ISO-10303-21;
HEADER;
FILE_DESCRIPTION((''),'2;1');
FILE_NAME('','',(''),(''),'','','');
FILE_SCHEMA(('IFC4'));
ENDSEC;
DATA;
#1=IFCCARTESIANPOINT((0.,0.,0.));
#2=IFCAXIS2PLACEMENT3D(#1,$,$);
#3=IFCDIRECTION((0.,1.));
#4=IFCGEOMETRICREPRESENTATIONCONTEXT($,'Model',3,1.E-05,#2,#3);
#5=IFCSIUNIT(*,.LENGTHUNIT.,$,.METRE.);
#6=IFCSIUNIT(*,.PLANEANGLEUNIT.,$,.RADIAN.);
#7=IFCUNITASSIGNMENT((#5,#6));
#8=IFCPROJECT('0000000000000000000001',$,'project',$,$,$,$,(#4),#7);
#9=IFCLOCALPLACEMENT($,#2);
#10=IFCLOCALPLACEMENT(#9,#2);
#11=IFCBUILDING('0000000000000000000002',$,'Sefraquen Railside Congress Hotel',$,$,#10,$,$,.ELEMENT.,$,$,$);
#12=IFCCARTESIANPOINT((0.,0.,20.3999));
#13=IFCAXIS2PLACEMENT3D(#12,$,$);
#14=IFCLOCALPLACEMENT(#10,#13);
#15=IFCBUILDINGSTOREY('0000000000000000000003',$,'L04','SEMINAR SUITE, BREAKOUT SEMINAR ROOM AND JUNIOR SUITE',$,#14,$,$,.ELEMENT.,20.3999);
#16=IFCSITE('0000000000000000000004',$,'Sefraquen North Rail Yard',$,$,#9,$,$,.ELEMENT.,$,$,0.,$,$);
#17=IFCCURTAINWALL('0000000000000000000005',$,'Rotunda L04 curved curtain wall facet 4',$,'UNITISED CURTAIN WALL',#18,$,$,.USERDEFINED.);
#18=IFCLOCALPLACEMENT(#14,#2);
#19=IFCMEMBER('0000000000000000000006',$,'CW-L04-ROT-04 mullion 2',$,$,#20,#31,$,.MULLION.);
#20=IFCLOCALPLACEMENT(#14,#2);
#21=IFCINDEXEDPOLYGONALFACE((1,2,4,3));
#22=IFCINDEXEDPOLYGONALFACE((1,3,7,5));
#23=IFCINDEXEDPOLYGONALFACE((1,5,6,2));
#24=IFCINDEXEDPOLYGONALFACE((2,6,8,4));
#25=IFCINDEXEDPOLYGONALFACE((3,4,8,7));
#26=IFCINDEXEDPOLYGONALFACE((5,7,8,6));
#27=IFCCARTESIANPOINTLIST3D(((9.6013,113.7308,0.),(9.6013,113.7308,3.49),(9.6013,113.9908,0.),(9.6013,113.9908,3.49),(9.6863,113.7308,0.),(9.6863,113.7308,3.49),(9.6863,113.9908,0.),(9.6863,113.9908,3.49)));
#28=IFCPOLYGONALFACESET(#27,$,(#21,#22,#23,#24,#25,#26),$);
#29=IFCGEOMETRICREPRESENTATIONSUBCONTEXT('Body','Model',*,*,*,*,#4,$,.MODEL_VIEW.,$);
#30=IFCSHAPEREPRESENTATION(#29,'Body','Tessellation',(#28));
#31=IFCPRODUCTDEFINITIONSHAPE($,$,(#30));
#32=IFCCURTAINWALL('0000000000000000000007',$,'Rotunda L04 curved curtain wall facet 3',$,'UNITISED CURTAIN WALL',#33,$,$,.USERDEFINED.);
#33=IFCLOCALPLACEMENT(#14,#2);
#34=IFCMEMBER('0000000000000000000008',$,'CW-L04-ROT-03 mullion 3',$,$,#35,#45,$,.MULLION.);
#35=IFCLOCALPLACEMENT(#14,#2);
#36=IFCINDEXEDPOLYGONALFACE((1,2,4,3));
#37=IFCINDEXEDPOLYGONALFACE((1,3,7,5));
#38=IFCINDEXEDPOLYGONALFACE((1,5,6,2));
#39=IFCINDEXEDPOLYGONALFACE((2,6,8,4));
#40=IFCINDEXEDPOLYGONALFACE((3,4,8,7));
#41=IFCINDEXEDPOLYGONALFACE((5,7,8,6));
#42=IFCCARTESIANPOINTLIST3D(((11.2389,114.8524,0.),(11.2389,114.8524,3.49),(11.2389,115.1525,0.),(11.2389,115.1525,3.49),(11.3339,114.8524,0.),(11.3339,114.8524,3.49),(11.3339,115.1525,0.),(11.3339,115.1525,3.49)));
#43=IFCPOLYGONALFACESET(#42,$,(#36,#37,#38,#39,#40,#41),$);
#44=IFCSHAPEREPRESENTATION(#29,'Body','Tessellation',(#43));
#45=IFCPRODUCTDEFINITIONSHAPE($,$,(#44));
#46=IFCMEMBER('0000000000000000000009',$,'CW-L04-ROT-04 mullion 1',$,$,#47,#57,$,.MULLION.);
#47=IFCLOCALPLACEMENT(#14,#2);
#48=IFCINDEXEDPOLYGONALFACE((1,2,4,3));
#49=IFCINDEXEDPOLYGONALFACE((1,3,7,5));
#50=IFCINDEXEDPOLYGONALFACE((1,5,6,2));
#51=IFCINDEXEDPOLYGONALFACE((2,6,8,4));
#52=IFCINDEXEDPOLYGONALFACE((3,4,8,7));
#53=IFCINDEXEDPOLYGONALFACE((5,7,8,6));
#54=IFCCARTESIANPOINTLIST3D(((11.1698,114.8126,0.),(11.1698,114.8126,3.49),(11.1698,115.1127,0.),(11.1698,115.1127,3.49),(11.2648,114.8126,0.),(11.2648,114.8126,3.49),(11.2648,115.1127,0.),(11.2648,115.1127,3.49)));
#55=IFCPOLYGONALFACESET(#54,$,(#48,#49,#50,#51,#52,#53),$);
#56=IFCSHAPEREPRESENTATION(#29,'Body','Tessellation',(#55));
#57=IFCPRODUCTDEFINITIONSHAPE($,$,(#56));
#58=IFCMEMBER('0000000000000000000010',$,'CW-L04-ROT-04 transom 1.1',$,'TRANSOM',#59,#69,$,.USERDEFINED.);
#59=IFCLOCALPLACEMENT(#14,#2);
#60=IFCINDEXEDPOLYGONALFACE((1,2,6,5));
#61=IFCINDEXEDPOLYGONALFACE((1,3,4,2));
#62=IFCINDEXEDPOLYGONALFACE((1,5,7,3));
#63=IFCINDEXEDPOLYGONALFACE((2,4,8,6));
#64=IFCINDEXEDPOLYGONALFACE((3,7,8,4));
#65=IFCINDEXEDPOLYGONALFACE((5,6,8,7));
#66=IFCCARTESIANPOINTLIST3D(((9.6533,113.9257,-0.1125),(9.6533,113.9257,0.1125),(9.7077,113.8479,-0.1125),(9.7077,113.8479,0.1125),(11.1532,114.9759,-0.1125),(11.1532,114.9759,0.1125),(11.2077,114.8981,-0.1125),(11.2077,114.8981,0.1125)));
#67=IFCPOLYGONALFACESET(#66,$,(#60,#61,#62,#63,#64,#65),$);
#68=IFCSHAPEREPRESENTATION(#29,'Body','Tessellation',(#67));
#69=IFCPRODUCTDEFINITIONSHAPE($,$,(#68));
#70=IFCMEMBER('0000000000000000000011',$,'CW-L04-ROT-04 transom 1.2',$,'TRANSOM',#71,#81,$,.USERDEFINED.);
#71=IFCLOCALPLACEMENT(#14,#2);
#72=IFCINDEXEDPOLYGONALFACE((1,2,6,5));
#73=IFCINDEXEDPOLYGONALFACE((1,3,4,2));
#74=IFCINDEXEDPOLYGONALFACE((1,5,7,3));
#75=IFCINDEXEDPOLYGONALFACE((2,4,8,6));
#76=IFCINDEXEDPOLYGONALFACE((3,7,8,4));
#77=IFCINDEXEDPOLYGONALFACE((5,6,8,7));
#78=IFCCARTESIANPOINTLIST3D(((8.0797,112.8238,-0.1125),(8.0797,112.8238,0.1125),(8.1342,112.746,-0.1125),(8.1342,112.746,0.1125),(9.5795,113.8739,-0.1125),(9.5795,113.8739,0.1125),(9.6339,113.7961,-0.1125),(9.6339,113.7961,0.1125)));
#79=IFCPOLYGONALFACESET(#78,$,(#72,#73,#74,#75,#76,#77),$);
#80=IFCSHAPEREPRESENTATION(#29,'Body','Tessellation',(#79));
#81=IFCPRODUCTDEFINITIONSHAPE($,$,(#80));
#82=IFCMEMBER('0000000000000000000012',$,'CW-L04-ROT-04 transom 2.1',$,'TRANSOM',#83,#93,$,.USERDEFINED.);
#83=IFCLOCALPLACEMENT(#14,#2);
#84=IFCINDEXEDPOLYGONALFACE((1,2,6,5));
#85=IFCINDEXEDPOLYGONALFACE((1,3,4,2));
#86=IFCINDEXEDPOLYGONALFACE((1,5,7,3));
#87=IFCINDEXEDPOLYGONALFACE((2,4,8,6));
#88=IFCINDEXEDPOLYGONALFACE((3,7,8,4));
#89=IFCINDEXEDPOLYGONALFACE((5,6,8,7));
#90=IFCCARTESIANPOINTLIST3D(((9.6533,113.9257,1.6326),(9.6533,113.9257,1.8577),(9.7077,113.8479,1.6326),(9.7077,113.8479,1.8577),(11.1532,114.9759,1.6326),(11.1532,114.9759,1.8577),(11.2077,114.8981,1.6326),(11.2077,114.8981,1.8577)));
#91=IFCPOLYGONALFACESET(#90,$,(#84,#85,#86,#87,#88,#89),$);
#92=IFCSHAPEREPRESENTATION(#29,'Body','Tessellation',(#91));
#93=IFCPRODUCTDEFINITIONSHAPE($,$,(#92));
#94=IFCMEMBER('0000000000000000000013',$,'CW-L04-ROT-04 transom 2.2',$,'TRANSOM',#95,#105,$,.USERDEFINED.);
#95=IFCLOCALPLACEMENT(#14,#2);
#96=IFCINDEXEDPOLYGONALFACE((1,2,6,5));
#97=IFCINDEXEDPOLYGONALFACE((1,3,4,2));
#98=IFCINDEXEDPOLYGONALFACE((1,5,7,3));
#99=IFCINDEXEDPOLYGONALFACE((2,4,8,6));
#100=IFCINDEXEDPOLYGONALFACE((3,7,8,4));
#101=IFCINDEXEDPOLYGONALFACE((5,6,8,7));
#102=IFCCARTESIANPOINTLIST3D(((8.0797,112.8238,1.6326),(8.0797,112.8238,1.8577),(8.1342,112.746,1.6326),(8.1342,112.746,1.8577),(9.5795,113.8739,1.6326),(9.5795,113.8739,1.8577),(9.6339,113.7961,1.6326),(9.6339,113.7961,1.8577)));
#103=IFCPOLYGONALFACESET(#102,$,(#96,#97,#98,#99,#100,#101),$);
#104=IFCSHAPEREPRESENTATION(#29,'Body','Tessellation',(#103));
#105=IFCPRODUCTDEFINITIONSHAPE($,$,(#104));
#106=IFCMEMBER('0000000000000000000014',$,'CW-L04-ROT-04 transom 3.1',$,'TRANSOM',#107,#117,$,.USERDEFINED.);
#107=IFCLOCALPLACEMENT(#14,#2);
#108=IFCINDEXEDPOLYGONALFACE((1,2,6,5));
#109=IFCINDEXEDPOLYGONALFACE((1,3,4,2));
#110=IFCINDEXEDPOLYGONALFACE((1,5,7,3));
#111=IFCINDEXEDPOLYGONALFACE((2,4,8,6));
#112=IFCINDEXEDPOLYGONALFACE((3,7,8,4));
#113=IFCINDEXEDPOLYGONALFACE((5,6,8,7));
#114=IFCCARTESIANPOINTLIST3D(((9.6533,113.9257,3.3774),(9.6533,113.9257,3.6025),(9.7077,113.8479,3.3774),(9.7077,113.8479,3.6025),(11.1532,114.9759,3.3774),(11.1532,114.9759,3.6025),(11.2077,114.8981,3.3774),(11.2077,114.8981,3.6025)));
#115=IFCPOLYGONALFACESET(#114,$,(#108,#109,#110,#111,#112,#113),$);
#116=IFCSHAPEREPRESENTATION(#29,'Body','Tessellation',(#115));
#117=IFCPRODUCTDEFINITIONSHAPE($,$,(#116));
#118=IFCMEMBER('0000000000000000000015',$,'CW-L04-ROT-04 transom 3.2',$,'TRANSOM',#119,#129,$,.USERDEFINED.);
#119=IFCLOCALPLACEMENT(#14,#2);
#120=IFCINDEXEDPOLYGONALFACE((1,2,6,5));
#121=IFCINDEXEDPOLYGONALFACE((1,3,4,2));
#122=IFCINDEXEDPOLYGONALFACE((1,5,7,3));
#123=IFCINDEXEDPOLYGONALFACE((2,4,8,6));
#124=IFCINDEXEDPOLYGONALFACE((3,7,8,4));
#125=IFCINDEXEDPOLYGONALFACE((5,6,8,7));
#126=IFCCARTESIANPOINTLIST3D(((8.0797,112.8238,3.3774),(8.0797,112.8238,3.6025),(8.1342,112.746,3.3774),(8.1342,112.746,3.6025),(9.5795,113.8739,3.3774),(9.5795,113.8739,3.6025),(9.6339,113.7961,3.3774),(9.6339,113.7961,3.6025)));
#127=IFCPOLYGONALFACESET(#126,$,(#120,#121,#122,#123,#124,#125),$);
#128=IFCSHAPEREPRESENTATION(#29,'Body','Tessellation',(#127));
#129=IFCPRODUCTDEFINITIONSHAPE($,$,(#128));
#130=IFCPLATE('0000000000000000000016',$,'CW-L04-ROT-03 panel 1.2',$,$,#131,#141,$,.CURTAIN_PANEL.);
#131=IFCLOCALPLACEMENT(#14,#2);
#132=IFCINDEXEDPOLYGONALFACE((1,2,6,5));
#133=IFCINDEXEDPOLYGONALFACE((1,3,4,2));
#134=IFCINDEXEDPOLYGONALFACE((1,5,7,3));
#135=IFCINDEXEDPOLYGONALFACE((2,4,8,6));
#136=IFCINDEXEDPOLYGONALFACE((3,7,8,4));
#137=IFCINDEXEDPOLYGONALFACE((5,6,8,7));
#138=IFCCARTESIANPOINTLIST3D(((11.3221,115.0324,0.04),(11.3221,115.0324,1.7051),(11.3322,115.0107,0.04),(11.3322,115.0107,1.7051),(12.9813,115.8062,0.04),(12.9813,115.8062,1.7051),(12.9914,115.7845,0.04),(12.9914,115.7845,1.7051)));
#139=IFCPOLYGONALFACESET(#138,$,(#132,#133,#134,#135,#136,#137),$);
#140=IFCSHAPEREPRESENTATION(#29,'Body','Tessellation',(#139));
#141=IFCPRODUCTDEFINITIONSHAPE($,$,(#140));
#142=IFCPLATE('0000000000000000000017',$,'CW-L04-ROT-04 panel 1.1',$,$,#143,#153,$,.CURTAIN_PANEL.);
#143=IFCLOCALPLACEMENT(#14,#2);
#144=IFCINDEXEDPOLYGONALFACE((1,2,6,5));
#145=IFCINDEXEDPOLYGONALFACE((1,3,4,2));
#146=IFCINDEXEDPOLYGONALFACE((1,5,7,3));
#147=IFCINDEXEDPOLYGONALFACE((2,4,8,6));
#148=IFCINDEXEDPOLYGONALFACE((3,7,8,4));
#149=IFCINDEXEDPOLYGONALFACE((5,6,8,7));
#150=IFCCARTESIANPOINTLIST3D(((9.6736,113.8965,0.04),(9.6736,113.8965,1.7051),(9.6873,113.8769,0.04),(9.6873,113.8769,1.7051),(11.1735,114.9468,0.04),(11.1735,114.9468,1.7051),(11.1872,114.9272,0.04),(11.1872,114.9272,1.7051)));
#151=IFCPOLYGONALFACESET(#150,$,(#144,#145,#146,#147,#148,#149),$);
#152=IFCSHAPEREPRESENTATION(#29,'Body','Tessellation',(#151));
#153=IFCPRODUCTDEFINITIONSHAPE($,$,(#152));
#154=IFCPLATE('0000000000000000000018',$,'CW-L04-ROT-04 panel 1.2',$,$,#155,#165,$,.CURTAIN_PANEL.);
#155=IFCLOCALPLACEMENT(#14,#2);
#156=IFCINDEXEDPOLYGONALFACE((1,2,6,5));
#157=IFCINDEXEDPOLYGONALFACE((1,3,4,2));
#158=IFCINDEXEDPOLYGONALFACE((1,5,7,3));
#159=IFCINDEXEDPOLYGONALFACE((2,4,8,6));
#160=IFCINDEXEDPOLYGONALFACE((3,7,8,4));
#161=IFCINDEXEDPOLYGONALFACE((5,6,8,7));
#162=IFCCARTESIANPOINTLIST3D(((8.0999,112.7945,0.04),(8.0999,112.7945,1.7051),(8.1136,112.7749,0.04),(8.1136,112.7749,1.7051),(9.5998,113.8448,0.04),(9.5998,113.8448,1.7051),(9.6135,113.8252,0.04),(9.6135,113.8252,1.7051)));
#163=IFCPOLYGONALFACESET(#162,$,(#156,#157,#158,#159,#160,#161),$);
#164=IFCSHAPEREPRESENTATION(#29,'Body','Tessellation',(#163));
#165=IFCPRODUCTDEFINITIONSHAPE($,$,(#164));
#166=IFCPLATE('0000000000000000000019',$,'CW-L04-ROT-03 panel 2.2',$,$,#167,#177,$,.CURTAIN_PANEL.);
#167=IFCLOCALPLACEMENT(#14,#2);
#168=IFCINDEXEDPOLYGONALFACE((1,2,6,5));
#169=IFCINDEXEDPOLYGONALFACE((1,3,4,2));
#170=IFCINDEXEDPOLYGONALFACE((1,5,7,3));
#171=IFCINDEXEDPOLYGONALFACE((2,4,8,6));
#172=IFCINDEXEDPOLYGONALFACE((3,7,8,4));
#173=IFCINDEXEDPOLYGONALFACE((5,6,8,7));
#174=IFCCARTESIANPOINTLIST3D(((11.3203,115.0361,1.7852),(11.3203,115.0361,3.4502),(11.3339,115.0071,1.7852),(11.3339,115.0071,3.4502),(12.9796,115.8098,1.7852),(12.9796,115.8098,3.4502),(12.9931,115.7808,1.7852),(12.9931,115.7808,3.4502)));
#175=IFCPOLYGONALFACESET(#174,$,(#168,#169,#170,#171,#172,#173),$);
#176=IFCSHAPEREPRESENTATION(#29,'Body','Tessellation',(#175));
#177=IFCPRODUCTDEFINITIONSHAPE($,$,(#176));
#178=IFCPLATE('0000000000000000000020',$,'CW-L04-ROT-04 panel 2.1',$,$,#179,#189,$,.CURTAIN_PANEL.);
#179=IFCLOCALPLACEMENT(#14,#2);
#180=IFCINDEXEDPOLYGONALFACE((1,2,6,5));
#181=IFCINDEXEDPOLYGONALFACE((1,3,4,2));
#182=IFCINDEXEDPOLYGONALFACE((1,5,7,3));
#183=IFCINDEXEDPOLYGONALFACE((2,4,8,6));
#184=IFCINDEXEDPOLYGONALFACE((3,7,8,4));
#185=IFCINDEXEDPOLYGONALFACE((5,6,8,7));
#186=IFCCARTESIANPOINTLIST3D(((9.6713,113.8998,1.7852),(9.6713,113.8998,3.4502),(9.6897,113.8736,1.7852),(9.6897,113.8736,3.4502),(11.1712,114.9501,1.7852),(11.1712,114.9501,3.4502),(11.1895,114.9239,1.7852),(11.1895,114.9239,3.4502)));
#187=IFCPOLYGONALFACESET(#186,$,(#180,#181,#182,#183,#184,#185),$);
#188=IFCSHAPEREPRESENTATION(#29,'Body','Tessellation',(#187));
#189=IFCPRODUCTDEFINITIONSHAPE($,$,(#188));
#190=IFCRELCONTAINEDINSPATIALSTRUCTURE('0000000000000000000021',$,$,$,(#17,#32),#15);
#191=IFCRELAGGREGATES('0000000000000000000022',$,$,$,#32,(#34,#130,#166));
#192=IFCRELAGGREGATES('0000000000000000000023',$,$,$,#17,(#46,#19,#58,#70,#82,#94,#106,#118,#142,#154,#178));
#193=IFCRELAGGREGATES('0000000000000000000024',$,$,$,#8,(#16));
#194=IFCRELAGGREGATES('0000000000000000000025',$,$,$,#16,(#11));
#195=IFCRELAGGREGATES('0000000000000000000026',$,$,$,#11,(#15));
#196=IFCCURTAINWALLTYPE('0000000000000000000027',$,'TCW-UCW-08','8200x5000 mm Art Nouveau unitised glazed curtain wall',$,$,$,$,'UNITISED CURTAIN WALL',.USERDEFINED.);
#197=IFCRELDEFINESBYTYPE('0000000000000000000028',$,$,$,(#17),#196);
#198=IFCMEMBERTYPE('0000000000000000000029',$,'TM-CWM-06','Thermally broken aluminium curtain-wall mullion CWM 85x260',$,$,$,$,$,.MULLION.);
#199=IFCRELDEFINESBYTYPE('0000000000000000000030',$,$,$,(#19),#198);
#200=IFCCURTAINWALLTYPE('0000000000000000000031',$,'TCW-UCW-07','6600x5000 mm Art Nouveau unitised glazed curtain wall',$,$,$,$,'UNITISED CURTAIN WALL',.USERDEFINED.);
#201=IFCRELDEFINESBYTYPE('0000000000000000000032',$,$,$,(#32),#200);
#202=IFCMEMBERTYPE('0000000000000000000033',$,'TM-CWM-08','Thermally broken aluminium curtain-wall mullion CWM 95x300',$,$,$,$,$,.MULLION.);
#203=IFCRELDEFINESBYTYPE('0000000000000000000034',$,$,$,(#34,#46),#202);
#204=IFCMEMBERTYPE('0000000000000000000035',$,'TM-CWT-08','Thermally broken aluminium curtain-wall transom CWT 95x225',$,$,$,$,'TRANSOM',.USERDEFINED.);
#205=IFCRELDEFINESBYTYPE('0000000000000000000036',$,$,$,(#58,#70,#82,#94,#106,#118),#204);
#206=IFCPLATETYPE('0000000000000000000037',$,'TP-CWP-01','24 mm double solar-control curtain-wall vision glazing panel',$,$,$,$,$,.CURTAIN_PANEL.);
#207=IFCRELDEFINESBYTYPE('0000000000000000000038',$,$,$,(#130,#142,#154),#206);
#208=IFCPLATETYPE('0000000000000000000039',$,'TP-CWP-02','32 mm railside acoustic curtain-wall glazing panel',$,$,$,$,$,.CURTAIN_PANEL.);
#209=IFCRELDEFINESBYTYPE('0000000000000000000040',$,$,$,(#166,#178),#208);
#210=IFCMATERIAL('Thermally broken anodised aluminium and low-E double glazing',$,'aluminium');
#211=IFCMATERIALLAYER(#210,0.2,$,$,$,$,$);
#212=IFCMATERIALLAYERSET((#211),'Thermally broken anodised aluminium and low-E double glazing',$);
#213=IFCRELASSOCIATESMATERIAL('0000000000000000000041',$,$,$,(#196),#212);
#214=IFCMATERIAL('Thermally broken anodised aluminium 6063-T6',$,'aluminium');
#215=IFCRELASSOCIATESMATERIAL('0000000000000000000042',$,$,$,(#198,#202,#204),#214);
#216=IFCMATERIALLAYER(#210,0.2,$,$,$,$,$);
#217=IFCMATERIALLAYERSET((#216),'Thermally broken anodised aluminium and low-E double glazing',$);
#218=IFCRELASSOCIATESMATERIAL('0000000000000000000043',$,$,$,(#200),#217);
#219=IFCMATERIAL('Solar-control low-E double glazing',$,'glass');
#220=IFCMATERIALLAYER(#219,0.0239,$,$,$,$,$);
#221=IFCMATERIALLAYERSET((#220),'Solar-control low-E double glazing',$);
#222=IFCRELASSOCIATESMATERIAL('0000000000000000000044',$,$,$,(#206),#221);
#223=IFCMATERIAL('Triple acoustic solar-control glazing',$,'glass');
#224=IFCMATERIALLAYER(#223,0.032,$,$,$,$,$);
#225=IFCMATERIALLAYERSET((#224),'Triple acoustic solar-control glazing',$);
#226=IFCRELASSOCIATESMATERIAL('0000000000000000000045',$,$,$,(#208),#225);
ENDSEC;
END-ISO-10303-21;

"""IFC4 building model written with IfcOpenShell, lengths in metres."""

from ifc_helpers import new_model, si_unit, direction, frame, origin, origin_2d, place, context, subcontext, project, spatial, rectangle, extrude, material, layer, layer_set, material_profile, profile_set, type_object, element, aggregate, save


model = new_model("IFC4")

# Units and contexts
model_context = context("Model", 3, precision=1e-05, world=origin(), true_north=direction((0.0, 1.0)))
body_context = subcontext(model_context, "Body", "Model", "MODEL_VIEW")
ifc_project = project(units=[si_unit("LENGTHUNIT", "METRE"), si_unit("PLANEANGLEUNIT", "RADIAN")], contexts=[model_context])

# Site, building, storey
site_placement = place(None, origin())
site = spatial("IfcSite", under=ifc_project, at=site_placement, Name="Sefraquen North Rail Yard", CompositionType="ELEMENT", RefElevation=0.0)
building_placement = place(site_placement, origin())
building = spatial("IfcBuilding", under=site, at=building_placement, Name="Sefraquen Railside Congress Hotel", CompositionType="ELEMENT")
storey_placement = place(building_placement, frame((0.0, 0.0, 20.3999)))
storey = spatial("IfcBuildingStorey", under=building, at=storey_placement, Name="L04", Description="SEMINAR SUITE, BREAKOUT SEMINAR ROOM AND JUNIOR SUITE", CompositionType="ELEMENT", Elevation=20.3999)

# Curtain walls, members
ifc_material_1 = material(Name="Thermally broken anodised aluminium and low-E double glazing", Category="aluminium")
ifc_layer_1 = layer(ifc_material_1, 0.2)
ifc_layer_set_1 = layer_set([ifc_layer_1], Name="Thermally broken anodised aluminium and low-E double glazing")
curtain_wall_type_1 = type_object("IfcCurtainWallType", Name="TCW-UCW-08", Description="8200x5000 mm Art Nouveau unitised glazed curtain wall", ElementType="UNITISED CURTAIN WALL", PredefinedType="USERDEFINED", material=ifc_layer_set_1)
curtain_wall_1_placement = place(storey_placement, origin())
curtain_wall_1 = element("IfcCurtainWall", 1, at=curtain_wall_1_placement, inside=storey, type_object=curtain_wall_type_1, Name="Rotunda L04 curved curtain wall facet 4", ObjectType="UNITISED CURTAIN WALL", PredefinedType="USERDEFINED")
ifc_material_2 = material(Name="Thermally broken anodised aluminium 6063-T6", Category="aluminium")
ifc_material_profile_1 = material_profile(ifc_material_2, rectangle(XDim=0.085, YDim=0.26, at=origin_2d()), Name="CWM 85x260")
ifc_profile_set_1 = profile_set([ifc_material_profile_1], Name="Thermally broken anodised aluminium 6063-T6")
member_type_1 = type_object("IfcMemberType", Name="TM-CWM-06", Description="Thermally broken aluminium curtain-wall mullion CWM 85x260", PredefinedType="MULLION", material=ifc_profile_set_1)
member_1_placement = place(storey_placement, frame((9.6438, 113.8608, 0.0), z_axis=(0.0, 0.0, 1.0), x_axis=(1.0, 0.0, 0.0)))
member_1 = element("IfcMember", 2, at=member_1_placement, type_object=member_type_1, Name="CW-L04-ROT-04 mullion 2", PredefinedType="MULLION", context=body_context, shape_type="SweptSolid", body=[
    extrude(rectangle(XDim=0.085, YDim=0.26, at=origin_2d()), origin(), (0.0, 0.0, 1.0), 3.49),
])
ifc_layer_2 = layer(ifc_material_1, 0.2)
ifc_layer_set_2 = layer_set([ifc_layer_2], Name="Thermally broken anodised aluminium and low-E double glazing")
curtain_wall_type_2 = type_object("IfcCurtainWallType", Name="TCW-UCW-07", Description="6600x5000 mm Art Nouveau unitised glazed curtain wall", ElementType="UNITISED CURTAIN WALL", PredefinedType="USERDEFINED", material=ifc_layer_set_2)
curtain_wall_2_placement = place(storey_placement, origin())
curtain_wall_2 = element("IfcCurtainWall", 3, at=curtain_wall_2_placement, inside=storey, type_object=curtain_wall_type_2, Name="Rotunda L04 curved curtain wall facet 3", ObjectType="UNITISED CURTAIN WALL", PredefinedType="USERDEFINED")
ifc_material_profile_2 = material_profile(ifc_material_2, rectangle(XDim=0.095, YDim=0.3, at=origin_2d()), Name="CWM 95x300")
ifc_profile_set_2 = profile_set([ifc_material_profile_2], Name="Thermally broken anodised aluminium 6063-T6")
member_type_2 = type_object("IfcMemberType", Name="TM-CWM-08", Description="Thermally broken aluminium curtain-wall mullion CWM 95x300", PredefinedType="MULLION", material=ifc_profile_set_2)
member_2_placement = place(storey_placement, frame((11.2864, 115.0024, 0.0), z_axis=(0.0, 0.0, 1.0), x_axis=(1.0, 0.0, 0.0)))
member_2 = element("IfcMember", 4, at=member_2_placement, type_object=member_type_2, Name="CW-L04-ROT-03 mullion 3", PredefinedType="MULLION", context=body_context, shape_type="SweptSolid", body=[
    extrude(rectangle(XDim=0.095, YDim=0.3, at=origin_2d()), origin(), (0.0, 0.0, 1.0), 3.49),
])

# Members
member_3_placement = place(storey_placement, frame((11.2173, 114.9626, 0.0), z_axis=(0.0, 0.0, 1.0), x_axis=(1.0, 0.0, 0.0)))
member_3 = element("IfcMember", 5, at=member_3_placement, type_object=member_type_2, Name="CW-L04-ROT-04 mullion 1", PredefinedType="MULLION", context=body_context, shape_type="SweptSolid", body=[
    extrude(rectangle(XDim=0.095, YDim=0.3, at=origin_2d()), origin(), (0.0, 0.0, 1.0), 3.49),
])
ifc_material_profile_3 = material_profile(ifc_material_2, rectangle(XDim=0.095, YDim=0.2251, at=origin_2d()), Name="CWT 95x225")
ifc_profile_set_3 = profile_set([ifc_material_profile_3], Name="Thermally broken anodised aluminium 6063-T6")
member_type_3 = type_object("IfcMemberType", Name="TM-CWT-08", Description="Thermally broken aluminium curtain-wall transom CWT 95x225", ElementType="TRANSOM", PredefinedType="USERDEFINED", material=ifc_profile_set_3)
member_4_placement = place(storey_placement, frame((11.1804, 114.937, 0.0), z_axis=(-0.819157, -0.57357, 0.0), x_axis=(0.57357, -0.819157, 0.0)))
member_4 = element("IfcMember", 6, at=member_4_placement, type_object=member_type_3, Name="CW-L04-ROT-04 transom 1.1", ObjectType="TRANSOM", PredefinedType="USERDEFINED", context=body_context, shape_type="SweptSolid", body=[
    extrude(rectangle(XDim=0.095, YDim=0.2251, at=origin_2d()), origin(), (0.0, 0.0, 1.0), 1.8311),
])
member_5_placement = place(storey_placement, frame((9.6067, 113.835, 0.0), z_axis=(-0.819176, -0.573543, 0.0), x_axis=(0.573543, -0.819176, 0.0)))
member_5 = element("IfcMember", 7, at=member_5_placement, type_object=member_type_3, Name="CW-L04-ROT-04 transom 1.2", ObjectType="TRANSOM", PredefinedType="USERDEFINED", context=body_context, shape_type="SweptSolid", body=[
    extrude(rectangle(XDim=0.095, YDim=0.2251, at=origin_2d()), origin(), (0.0, 0.0, 1.0), 1.8308),
])
member_6_placement = place(storey_placement, frame((11.1804, 114.937, 1.7451), z_axis=(-0.819157, -0.57357, 0.0), x_axis=(0.57357, -0.819157, 0.0)))
member_6 = element("IfcMember", 8, at=member_6_placement, type_object=member_type_3, Name="CW-L04-ROT-04 transom 2.1", ObjectType="TRANSOM", PredefinedType="USERDEFINED", context=body_context, shape_type="SweptSolid", body=[
    extrude(rectangle(XDim=0.095, YDim=0.2251, at=origin_2d()), origin(), (0.0, 0.0, 1.0), 1.8311),
])
member_7_placement = place(storey_placement, frame((9.6067, 113.835, 1.7451), z_axis=(-0.819176, -0.573543, 0.0), x_axis=(0.573543, -0.819176, 0.0)))
member_7 = element("IfcMember", 9, at=member_7_placement, type_object=member_type_3, Name="CW-L04-ROT-04 transom 2.2", ObjectType="TRANSOM", PredefinedType="USERDEFINED", context=body_context, shape_type="SweptSolid", body=[
    extrude(rectangle(XDim=0.095, YDim=0.2251, at=origin_2d()), origin(), (0.0, 0.0, 1.0), 1.8308),
])
member_8_placement = place(storey_placement, frame((11.1804, 114.937, 3.49), z_axis=(-0.819157, -0.57357, 0.0), x_axis=(0.57357, -0.819157, 0.0)))
member_8 = element("IfcMember", 10, at=member_8_placement, type_object=member_type_3, Name="CW-L04-ROT-04 transom 3.1", ObjectType="TRANSOM", PredefinedType="USERDEFINED", context=body_context, shape_type="SweptSolid", body=[
    extrude(rectangle(XDim=0.095, YDim=0.2251, at=origin_2d()), origin(), (0.0, 0.0, 1.0), 1.8311),
])
member_9_placement = place(storey_placement, frame((9.6067, 113.835, 3.49), z_axis=(-0.819176, -0.573543, 0.0), x_axis=(0.573543, -0.819176, 0.0)))
member_9 = element("IfcMember", 11, at=member_9_placement, type_object=member_type_3, Name="CW-L04-ROT-04 transom 3.2", ObjectType="TRANSOM", PredefinedType="USERDEFINED", context=body_context, shape_type="SweptSolid", body=[
    extrude(rectangle(XDim=0.095, YDim=0.2251, at=origin_2d()), origin(), (0.0, 0.0, 1.0), 1.8308),
])

# Plates
ifc_material_3 = material(Name="Solar-control low-E double glazing", Category="glass")
ifc_layer_3 = layer(ifc_material_3, 0.0239)
ifc_layer_set_3 = layer_set([ifc_layer_3], Name="Solar-control low-E double glazing")
plate_type_1 = type_object("IfcPlateType", Name="TP-CWP-01", Description="24 mm double solar-control curtain-wall vision glazing panel", PredefinedType="CURTAIN_PANEL", material=ifc_layer_set_3)
plate_1_placement = place(storey_placement, frame((12.1567, 115.4084, 0.04), z_axis=(0.0, 0.0, 1.0), x_axis=(-0.9063, -0.422634, 0.0)))
plate_1 = element("IfcPlate", 12, at=plate_1_placement, type_object=plate_type_1, Name="CW-L04-ROT-03 panel 1.2", PredefinedType="CURTAIN_PANEL", context=body_context, shape_type="SweptSolid", body=[
    extrude(rectangle(XDim=1.8308, YDim=0.0239, at=origin_2d()), origin(), (0.0, 0.0, 1.0), 1.665),
])
plate_2_placement = place(storey_placement, frame((10.4304, 114.4119, 0.04), z_axis=(0.0, 0.0, 1.0), x_axis=(-0.819132, -0.573605, 0.0)))
plate_2 = element("IfcPlate", 13, at=plate_2_placement, type_object=plate_type_1, Name="CW-L04-ROT-04 panel 1.1", PredefinedType="CURTAIN_PANEL", context=body_context, shape_type="SweptSolid", body=[
    extrude(rectangle(XDim=1.8311, YDim=0.0239, at=origin_2d()), origin(), (0.0, 0.0, 1.0), 1.665),
])
plate_3_placement = place(storey_placement, frame((8.8567, 113.3098, 0.04), z_axis=(0.0, 0.0, 1.0), x_axis=(-0.819132, -0.573605, 0.0)))
plate_3 = element("IfcPlate", 14, at=plate_3_placement, type_object=plate_type_1, Name="CW-L04-ROT-04 panel 1.2", PredefinedType="CURTAIN_PANEL", context=body_context, shape_type="SweptSolid", body=[
    extrude(rectangle(XDim=1.8311, YDim=0.0239, at=origin_2d()), origin(), (0.0, 0.0, 1.0), 1.665),
])
ifc_material_4 = material(Name="Triple acoustic solar-control glazing", Category="glass")
ifc_layer_4 = layer(ifc_material_4, 0.032)
ifc_layer_set_4 = layer_set([ifc_layer_4], Name="Triple acoustic solar-control glazing")
plate_type_2 = type_object("IfcPlateType", Name="TP-CWP-02", Description="32 mm railside acoustic curtain-wall glazing panel", PredefinedType="CURTAIN_PANEL", material=ifc_layer_set_4)
plate_4_placement = place(storey_placement, frame((12.1567, 115.4084, 1.7852), z_axis=(0.0, 0.0, 1.0), x_axis=(-0.9063, -0.422634, 0.0)))
plate_4 = element("IfcPlate", 15, at=plate_4_placement, type_object=plate_type_2, Name="CW-L04-ROT-03 panel 2.2", PredefinedType="CURTAIN_PANEL", context=body_context, shape_type="SweptSolid", body=[
    extrude(rectangle(XDim=1.8308, YDim=0.032, at=origin_2d()), origin(), (0.0, 0.0, 1.0), 1.665),
])
aggregate(curtain_wall_2, [member_2, plate_1, plate_4])
plate_5_placement = place(storey_placement, frame((10.4304, 114.4119, 1.7852), z_axis=(0.0, 0.0, 1.0), x_axis=(-0.819132, -0.573605, 0.0)))
plate_5 = element("IfcPlate", 16, at=plate_5_placement, type_object=plate_type_2, Name="CW-L04-ROT-04 panel 2.1", PredefinedType="CURTAIN_PANEL", context=body_context, shape_type="SweptSolid", body=[
    extrude(rectangle(XDim=1.8311, YDim=0.032, at=origin_2d()), origin(), (0.0, 0.0, 1.0), 1.665),
])
aggregate(curtain_wall_1, [member_3, member_1, member_4, member_5, member_6, member_7, member_8, member_9, plate_2, plate_3, plate_5])

save(model, "model.ifc")
